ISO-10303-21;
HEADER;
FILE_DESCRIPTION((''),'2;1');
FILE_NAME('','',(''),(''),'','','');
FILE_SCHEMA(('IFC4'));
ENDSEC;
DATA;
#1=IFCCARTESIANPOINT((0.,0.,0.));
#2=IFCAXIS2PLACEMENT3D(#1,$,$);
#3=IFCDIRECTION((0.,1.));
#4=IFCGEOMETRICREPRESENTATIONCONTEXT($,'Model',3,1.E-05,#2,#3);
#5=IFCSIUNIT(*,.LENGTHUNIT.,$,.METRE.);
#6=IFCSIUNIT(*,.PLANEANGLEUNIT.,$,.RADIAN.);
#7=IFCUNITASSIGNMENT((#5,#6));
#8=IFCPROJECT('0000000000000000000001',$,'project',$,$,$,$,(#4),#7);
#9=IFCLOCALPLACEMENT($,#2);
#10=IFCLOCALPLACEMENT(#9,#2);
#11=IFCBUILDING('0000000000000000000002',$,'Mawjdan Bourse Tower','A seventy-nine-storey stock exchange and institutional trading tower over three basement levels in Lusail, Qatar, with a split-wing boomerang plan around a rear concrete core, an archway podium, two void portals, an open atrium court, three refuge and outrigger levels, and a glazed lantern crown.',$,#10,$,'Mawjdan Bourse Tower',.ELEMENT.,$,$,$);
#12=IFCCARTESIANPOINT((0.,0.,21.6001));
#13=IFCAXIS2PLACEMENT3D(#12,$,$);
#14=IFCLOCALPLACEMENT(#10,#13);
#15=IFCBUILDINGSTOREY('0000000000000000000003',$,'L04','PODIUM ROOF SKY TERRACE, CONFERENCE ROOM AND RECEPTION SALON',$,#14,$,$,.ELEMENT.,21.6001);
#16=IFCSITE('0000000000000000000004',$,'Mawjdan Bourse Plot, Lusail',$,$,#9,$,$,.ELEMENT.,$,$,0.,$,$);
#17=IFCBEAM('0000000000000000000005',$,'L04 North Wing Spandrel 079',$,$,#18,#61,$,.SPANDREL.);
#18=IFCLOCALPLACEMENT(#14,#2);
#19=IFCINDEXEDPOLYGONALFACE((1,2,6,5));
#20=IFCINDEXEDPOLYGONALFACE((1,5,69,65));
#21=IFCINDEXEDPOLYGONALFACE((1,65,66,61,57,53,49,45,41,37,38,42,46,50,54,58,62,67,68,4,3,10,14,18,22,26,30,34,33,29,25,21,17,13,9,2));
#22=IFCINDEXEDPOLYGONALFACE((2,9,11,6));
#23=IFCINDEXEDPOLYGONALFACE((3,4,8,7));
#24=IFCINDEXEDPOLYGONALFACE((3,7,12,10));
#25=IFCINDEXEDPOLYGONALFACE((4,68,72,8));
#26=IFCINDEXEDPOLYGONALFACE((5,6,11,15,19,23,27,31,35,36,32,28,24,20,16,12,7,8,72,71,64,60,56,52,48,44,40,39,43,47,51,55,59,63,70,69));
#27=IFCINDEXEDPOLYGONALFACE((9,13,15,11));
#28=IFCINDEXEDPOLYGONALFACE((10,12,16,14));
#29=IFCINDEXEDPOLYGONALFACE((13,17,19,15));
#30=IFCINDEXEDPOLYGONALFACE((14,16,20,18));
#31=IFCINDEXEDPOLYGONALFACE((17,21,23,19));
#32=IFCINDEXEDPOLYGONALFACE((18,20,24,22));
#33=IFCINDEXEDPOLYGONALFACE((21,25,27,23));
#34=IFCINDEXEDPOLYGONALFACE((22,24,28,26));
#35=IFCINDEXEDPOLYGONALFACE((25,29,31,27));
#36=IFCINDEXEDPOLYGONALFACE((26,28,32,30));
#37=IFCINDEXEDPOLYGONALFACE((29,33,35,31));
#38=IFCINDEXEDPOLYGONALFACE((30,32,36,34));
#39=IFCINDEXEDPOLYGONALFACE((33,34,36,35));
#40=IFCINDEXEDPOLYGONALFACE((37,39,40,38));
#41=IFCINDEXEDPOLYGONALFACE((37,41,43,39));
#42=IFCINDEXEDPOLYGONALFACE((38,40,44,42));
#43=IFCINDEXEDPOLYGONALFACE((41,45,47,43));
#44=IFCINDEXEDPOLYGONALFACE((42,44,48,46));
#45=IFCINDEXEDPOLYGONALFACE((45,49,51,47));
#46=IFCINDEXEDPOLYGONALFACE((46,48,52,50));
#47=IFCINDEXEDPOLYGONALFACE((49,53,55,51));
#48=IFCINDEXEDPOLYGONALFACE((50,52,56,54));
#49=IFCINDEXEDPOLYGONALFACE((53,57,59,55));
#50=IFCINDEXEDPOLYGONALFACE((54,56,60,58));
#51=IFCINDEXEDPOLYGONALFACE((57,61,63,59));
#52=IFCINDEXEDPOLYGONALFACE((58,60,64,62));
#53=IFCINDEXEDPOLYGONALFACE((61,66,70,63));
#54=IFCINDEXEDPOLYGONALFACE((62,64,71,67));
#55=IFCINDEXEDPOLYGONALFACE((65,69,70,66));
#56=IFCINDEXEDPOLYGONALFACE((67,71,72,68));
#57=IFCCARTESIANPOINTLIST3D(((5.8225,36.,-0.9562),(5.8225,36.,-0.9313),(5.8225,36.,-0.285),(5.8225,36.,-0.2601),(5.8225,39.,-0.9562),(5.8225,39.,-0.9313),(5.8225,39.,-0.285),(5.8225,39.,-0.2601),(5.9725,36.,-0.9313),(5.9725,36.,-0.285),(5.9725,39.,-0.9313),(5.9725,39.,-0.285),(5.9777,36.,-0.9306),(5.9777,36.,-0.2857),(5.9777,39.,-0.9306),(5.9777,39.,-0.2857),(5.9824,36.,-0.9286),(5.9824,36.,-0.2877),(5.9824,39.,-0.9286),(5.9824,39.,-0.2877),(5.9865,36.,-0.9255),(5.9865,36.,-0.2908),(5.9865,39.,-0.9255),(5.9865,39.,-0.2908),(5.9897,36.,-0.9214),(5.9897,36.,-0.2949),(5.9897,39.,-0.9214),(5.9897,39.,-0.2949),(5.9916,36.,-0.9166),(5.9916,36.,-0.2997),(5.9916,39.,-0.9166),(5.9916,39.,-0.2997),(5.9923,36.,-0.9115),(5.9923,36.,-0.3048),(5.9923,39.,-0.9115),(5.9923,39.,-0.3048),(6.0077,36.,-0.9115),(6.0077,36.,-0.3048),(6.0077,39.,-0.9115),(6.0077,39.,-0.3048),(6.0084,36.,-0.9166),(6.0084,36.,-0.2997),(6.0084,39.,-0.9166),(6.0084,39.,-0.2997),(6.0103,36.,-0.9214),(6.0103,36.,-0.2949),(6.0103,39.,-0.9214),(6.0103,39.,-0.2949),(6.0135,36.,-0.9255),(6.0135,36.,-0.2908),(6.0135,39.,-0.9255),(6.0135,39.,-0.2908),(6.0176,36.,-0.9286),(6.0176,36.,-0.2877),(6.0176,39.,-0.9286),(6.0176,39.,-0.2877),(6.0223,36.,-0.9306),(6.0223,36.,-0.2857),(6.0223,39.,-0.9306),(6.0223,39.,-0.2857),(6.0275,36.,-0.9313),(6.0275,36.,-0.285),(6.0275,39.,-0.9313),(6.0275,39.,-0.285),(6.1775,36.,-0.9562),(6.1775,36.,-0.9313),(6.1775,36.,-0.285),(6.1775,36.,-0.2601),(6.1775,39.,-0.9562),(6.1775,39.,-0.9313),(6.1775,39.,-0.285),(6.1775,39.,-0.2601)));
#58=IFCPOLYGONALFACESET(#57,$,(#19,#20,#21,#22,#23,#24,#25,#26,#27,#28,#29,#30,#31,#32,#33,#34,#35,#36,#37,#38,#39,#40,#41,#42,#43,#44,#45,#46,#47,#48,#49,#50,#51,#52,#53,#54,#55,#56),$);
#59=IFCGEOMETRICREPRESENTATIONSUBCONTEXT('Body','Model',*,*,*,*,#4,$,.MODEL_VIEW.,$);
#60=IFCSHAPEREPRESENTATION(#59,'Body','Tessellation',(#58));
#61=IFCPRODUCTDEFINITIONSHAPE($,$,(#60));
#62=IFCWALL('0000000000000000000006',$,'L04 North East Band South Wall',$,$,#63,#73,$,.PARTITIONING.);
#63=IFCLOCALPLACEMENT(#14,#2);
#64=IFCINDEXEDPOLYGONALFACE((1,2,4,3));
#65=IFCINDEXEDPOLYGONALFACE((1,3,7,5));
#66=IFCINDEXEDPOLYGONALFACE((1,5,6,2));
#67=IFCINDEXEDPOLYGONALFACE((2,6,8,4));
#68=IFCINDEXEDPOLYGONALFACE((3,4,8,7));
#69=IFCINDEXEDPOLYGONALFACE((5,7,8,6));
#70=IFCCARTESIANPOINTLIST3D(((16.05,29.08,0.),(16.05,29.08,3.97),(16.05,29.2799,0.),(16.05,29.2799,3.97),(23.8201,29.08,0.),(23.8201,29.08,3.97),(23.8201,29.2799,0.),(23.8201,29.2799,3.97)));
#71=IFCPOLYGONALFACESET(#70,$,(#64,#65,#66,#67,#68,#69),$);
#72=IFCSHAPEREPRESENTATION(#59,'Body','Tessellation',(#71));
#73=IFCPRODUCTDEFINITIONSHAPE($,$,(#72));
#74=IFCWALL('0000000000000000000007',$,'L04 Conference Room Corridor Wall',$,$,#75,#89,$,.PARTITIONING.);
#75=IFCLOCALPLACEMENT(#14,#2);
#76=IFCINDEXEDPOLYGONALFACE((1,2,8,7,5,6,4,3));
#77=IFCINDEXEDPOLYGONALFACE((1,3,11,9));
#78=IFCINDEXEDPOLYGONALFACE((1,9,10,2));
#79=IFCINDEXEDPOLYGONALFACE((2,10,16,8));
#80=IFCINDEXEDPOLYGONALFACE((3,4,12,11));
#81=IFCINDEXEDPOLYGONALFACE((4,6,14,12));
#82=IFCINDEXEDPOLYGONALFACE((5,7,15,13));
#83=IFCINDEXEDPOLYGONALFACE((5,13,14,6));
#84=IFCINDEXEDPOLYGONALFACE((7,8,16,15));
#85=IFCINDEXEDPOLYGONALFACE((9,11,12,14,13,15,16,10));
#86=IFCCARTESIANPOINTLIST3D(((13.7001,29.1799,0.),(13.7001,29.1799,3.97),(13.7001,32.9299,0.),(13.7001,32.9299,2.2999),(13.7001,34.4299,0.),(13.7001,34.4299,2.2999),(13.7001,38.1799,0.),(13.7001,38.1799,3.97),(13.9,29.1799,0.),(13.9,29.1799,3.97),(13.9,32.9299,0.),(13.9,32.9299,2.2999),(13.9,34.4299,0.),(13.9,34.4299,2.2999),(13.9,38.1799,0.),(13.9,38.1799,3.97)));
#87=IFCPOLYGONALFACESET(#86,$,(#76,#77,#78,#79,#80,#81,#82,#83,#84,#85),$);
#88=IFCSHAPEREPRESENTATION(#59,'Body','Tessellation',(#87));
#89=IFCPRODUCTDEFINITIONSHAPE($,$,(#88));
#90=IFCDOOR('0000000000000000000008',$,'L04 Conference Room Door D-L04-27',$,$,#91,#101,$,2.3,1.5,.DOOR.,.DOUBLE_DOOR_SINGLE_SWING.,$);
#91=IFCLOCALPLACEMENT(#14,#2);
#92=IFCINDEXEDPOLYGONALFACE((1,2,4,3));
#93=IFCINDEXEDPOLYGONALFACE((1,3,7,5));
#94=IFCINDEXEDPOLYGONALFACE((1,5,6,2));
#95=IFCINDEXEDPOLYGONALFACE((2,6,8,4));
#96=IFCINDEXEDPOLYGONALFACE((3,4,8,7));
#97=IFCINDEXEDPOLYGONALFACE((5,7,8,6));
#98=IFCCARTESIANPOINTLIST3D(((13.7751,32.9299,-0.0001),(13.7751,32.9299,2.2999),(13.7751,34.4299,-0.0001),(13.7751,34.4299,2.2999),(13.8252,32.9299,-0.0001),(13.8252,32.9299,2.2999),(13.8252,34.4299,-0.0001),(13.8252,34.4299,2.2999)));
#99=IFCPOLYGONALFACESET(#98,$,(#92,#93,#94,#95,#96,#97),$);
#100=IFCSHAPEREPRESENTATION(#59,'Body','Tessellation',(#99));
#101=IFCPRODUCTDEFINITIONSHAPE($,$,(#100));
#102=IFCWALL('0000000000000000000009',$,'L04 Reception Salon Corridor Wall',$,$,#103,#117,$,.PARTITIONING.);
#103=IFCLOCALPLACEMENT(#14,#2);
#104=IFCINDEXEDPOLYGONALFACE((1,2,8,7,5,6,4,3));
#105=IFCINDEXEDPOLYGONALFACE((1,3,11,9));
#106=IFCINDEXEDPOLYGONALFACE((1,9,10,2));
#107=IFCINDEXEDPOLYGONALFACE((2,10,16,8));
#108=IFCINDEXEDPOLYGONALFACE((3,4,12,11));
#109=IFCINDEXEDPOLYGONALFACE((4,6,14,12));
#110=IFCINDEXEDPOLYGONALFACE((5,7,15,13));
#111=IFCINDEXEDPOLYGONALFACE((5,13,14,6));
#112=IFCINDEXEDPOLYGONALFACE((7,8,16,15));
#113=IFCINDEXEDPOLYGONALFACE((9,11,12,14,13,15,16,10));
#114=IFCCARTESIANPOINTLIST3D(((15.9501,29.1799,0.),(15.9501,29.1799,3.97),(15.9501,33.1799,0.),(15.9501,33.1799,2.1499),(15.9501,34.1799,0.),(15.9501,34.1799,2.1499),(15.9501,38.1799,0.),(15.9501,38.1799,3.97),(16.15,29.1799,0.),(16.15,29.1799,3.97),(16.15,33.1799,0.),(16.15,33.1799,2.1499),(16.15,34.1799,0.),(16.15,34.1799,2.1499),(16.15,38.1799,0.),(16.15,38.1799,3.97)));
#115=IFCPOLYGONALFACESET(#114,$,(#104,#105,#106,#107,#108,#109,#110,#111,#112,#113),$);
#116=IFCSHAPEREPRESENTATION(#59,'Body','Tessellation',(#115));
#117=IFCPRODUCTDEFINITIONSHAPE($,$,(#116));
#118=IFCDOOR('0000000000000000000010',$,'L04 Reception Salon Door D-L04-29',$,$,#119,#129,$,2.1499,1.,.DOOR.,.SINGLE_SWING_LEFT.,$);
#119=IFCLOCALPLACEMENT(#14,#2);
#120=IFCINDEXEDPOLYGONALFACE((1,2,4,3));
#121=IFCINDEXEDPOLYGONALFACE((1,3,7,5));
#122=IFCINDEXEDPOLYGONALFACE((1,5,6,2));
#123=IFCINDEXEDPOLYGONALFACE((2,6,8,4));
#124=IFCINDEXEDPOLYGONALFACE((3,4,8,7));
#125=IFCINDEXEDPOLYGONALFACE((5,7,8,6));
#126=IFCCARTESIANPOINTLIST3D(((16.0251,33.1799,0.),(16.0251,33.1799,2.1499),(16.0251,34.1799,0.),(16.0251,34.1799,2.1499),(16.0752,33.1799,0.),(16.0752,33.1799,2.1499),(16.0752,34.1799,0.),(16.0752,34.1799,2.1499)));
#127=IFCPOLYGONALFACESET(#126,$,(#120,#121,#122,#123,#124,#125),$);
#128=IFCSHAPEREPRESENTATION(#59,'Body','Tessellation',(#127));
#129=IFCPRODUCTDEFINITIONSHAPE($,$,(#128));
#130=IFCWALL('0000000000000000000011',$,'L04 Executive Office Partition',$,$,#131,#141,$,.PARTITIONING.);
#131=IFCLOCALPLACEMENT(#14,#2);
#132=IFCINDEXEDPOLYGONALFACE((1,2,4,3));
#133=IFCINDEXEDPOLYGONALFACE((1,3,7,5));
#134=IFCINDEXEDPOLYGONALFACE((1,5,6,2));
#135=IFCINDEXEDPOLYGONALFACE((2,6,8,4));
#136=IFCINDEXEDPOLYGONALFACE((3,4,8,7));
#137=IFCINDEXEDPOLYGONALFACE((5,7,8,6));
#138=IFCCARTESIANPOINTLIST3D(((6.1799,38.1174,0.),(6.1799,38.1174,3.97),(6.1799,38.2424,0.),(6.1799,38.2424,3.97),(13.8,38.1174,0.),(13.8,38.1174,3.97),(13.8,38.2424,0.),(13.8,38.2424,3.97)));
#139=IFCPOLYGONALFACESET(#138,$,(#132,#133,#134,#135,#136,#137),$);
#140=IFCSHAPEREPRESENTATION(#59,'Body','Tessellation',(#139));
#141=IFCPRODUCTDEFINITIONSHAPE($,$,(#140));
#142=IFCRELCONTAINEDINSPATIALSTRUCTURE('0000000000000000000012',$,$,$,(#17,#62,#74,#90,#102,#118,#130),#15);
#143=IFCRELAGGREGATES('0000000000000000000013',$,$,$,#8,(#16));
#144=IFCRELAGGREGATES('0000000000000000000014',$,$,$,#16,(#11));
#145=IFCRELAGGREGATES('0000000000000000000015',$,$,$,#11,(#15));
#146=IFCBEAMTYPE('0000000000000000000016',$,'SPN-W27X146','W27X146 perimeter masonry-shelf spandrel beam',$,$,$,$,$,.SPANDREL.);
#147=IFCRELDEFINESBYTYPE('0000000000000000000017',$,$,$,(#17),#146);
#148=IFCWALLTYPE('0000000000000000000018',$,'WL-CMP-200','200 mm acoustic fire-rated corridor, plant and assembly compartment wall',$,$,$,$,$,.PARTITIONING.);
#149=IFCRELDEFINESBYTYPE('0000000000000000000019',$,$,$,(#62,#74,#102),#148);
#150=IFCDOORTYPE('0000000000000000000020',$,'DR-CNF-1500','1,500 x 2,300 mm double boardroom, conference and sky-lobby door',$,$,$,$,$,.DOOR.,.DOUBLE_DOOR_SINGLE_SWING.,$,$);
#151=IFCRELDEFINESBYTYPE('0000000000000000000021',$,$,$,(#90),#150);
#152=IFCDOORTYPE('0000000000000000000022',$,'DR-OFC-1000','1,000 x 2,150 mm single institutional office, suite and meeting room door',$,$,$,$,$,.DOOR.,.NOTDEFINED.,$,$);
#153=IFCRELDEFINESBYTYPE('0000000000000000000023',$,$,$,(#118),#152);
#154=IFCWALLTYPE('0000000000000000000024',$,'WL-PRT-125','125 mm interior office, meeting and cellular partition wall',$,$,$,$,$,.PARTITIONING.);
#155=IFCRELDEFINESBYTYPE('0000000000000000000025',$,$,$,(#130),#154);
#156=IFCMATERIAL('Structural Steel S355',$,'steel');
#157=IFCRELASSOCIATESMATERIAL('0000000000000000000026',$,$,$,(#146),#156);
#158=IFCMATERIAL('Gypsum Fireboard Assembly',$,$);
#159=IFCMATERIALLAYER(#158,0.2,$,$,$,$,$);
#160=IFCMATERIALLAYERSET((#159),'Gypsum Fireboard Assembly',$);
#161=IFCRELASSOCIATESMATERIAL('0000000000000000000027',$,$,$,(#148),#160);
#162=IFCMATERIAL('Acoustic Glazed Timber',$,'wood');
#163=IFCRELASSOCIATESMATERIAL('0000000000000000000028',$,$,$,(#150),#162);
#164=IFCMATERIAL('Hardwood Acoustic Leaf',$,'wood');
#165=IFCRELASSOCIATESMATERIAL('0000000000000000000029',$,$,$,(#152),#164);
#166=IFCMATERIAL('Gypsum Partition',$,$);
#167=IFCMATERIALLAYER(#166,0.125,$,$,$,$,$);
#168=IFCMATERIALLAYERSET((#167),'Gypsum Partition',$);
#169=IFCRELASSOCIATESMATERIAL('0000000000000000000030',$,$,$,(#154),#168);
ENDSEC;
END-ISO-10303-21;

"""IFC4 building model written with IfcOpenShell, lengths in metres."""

from ifc_helpers import new_model, si_unit, direction, frame, frame_2d, origin, origin_2d, place, context, subcontext, project, spatial, rectangle, i_section, extrude, material, layer, layer_set, material_profile, profile_set, type_object, element, fill, save


model = new_model("IFC4")

# Units and contexts
model_context = context("Model", 3, precision=1e-05, world=origin(), true_north=direction((0.0, 1.0)))
body_context = subcontext(model_context, "Body", "Model", "MODEL_VIEW")
ifc_project = project(units=[si_unit("LENGTHUNIT", "METRE"), si_unit("PLANEANGLEUNIT", "RADIAN")], contexts=[model_context])

# Site, building, storey
site_placement = place(None, origin())
site = spatial("IfcSite", under=ifc_project, at=site_placement, Name="Mawjdan Bourse Plot, Lusail", CompositionType="ELEMENT", RefElevation=0.0)
building_placement = place(site_placement, origin())
building = spatial("IfcBuilding", under=site, at=building_placement, Name="Mawjdan Bourse Tower", Description="A seventy-nine-storey stock exchange and institutional trading tower over three basement levels in Lusail, Qatar, with a split-wing boomerang plan around a rear concrete core, an archway podium, two void portals, an open atrium court, three refuge and outrigger levels, and a glazed lantern crown.", LongName="Mawjdan Bourse Tower", CompositionType="ELEMENT")
storey_placement = place(building_placement, frame((0.0, 0.0, 21.6001)))
storey = spatial("IfcBuildingStorey", under=building, at=storey_placement, Name="L04", Description="PODIUM ROOF SKY TERRACE, CONFERENCE ROOM AND RECEPTION SALON", CompositionType="ELEMENT", Elevation=21.6001)

# Beam
ifc_material_1 = material(Name="Structural Steel S355", Category="steel")
ifc_material_profile_1 = material_profile(ifc_material_1, i_section(OverallWidth=0.355, OverallDepth=0.696, WebThickness=0.0154, FlangeThickness=0.0249, FilletRadius=0.0198, at=origin_2d()), Name="W27X146")
ifc_profile_set_1 = profile_set([ifc_material_profile_1], Name="Structural Steel S355")
beam_type_1 = type_object("IfcBeamType", Name="SPN-W27X146", Description="W27X146 perimeter masonry-shelf spandrel beam", PredefinedType="SPANDREL", material=ifc_profile_set_1)
beam_1_placement = place(storey_placement, frame((6.0, 36.0, -0.6082), z_axis=(0.0, 1.0, 0.0), x_axis=(-1.0, 0.0, 0.0)))
element("IfcBeam", 1, at=beam_1_placement, inside=storey, type_object=beam_type_1, Name="L04 North Wing Spandrel 079", PredefinedType="SPANDREL", context=body_context, shape_type="SweptSolid", body=[
    extrude(i_section(OverallWidth=0.355, OverallDepth=0.696, WebThickness=0.0154, FlangeThickness=0.0249, FilletRadius=0.0198, at=origin_2d()), origin(), (0.0, 0.0, 1.0), 3.0),
])

# Wall
ifc_material_2 = material(Name="Gypsum Fireboard Assembly")
ifc_layer_1 = layer(ifc_material_2, 0.2)
ifc_layer_set_1 = layer_set([ifc_layer_1], Name="Gypsum Fireboard Assembly")
wall_type_1 = type_object("IfcWallType", Name="WL-CMP-200", Description="200 mm acoustic fire-rated corridor, plant and assembly compartment wall", PredefinedType="PARTITIONING", material=ifc_layer_set_1)
wall_1_placement = place(storey_placement, frame((16.05, 29.1799, 0.0), z_axis=(0.0, 0.0, 1.0), x_axis=(1.0, 0.0, 0.0)))
element("IfcWall", 2, at=wall_1_placement, inside=storey, type_object=wall_type_1, Name="L04 North East Band South Wall", PredefinedType="PARTITIONING", context=body_context, shape_type="SweptSolid", body=[
    extrude(rectangle(XDim=7.77, YDim=0.2, at=frame_2d((3.885, 0.0))), origin(), (0.0, 0.0, 1.0), 3.97),
])

# Walls, openings, doors
wall_2_placement = place(storey_placement, frame((13.8, 29.1799, 0.0), z_axis=(0.0, 0.0, 1.0), x_axis=(0.0, 1.0, 0.0)))
wall_2 = element("IfcWall", 3, at=wall_2_placement, inside=storey, type_object=wall_type_1, Name="L04 Conference Room Corridor Wall", PredefinedType="PARTITIONING", context=body_context, shape_type="SweptSolid", body=[
    extrude(rectangle(XDim=9.0, YDim=0.2, at=frame_2d((4.5, 0.0))), origin(), (0.0, 0.0, 1.0), 3.97),
])
opening_1_placement = place(wall_2_placement, frame((3.75, 0.0, 0.0)))
opening_1 = element("IfcOpeningElement", 4, at=opening_1_placement, cuts=wall_2, PredefinedType="OPENING", context=body_context, shape_type="SweptSolid", body=[
    extrude(rectangle(XDim=1.5, YDim=2.3, at=frame_2d((0.75, 1.1499))), frame((0.0, 0.1099, 0.0), z_axis=(0.0, -1.0, 0.0), x_axis=(1.0, 0.0, 0.0)), (0.0, 0.0, 1.0), 0.22),
])
ifc_material_3 = material(Name="Acoustic Glazed Timber", Category="wood")
door_type_1 = type_object("IfcDoorType", Name="DR-CNF-1500", Description="1,500 x 2,300 mm double boardroom, conference and sky-lobby door", OperationType="DOUBLE_DOOR_SINGLE_SWING", PredefinedType="DOOR", material=ifc_material_3)
door_1_placement = place(opening_1_placement, origin())
door_1 = element("IfcDoor", 5, at=door_1_placement, inside=storey, type_object=door_type_1, Name="L04 Conference Room Door D-L04-27", OperationType="DOUBLE_DOOR_SINGLE_SWING", OverallHeight=2.3, OverallWidth=1.5, PredefinedType="DOOR", context=body_context, shape_type="SweptSolid", body=[
    extrude(rectangle(XDim=1.5, YDim=2.3, at=frame_2d((0.75, 1.1499))), frame((0.0, 0.0249, 0.0), z_axis=(0.0, -1.0, 0.0), x_axis=(1.0, 0.0, 0.0)), (0.0, 0.0, 1.0), 0.05),
])
fill(opening_1, door_1)
wall_3_placement = place(storey_placement, frame((16.05, 29.1799, 0.0), z_axis=(0.0, 0.0, 1.0), x_axis=(0.0, 1.0, 0.0)))
wall_3 = element("IfcWall", 6, at=wall_3_placement, inside=storey, type_object=wall_type_1, Name="L04 Reception Salon Corridor Wall", PredefinedType="PARTITIONING", context=body_context, shape_type="SweptSolid", body=[
    extrude(rectangle(XDim=9.0, YDim=0.2, at=frame_2d((4.5, 0.0))), origin(), (0.0, 0.0, 1.0), 3.97),
])
opening_2_placement = place(wall_3_placement, frame((4.0, 0.0, 0.0)))
opening_2 = element("IfcOpeningElement", 7, at=opening_2_placement, cuts=wall_3, PredefinedType="OPENING", context=body_context, shape_type="SweptSolid", body=[
    extrude(rectangle(XDim=1.0, YDim=2.1499, at=frame_2d((0.5, 1.075))), frame((0.0, 0.1099, 0.0), z_axis=(0.0, -1.0, 0.0), x_axis=(1.0, 0.0, 0.0)), (0.0, 0.0, 1.0), 0.22),
])
ifc_material_4 = material(Name="Hardwood Acoustic Leaf", Category="wood")
door_type_2 = type_object("IfcDoorType", Name="DR-OFC-1000", Description="1,000 x 2,150 mm single institutional office, suite and meeting room door", OperationType="NOTDEFINED", PredefinedType="DOOR", material=ifc_material_4)
door_2_placement = place(opening_2_placement, origin())
door_2 = element("IfcDoor", 8, at=door_2_placement, inside=storey, type_object=door_type_2, Name="L04 Reception Salon Door D-L04-29", OperationType="SINGLE_SWING_LEFT", OverallHeight=2.1499, OverallWidth=1.0, PredefinedType="DOOR", context=body_context, shape_type="SweptSolid", body=[
    extrude(rectangle(XDim=1.0, YDim=2.1499, at=frame_2d((0.5, 1.075))), frame((0.0, 0.0249, 0.0), z_axis=(0.0, -1.0, 0.0), x_axis=(1.0, 0.0, 0.0)), (0.0, 0.0, 1.0), 0.05),
])
fill(opening_2, door_2)

# Wall
ifc_material_5 = material(Name="Gypsum Partition")
ifc_layer_2 = layer(ifc_material_5, 0.125)
ifc_layer_set_2 = layer_set([ifc_layer_2], Name="Gypsum Partition")
wall_type_2 = type_object("IfcWallType", Name="WL-PRT-125", Description="125 mm interior office, meeting and cellular partition wall", PredefinedType="PARTITIONING", material=ifc_layer_set_2)
wall_4_placement = place(storey_placement, frame((6.1799, 38.1799, 0.0), z_axis=(0.0, 0.0, 1.0), x_axis=(1.0, 0.0, 0.0)))
element("IfcWall", 9, at=wall_4_placement, inside=storey, type_object=wall_type_2, Name="L04 Executive Office Partition", PredefinedType="PARTITIONING", context=body_context, shape_type="SweptSolid", body=[
    extrude(rectangle(XDim=7.6201, YDim=0.125, at=frame_2d((3.8101, 0.0))), origin(), (0.0, 0.0, 1.0), 3.97),
])

save(model, "model.ifc")
